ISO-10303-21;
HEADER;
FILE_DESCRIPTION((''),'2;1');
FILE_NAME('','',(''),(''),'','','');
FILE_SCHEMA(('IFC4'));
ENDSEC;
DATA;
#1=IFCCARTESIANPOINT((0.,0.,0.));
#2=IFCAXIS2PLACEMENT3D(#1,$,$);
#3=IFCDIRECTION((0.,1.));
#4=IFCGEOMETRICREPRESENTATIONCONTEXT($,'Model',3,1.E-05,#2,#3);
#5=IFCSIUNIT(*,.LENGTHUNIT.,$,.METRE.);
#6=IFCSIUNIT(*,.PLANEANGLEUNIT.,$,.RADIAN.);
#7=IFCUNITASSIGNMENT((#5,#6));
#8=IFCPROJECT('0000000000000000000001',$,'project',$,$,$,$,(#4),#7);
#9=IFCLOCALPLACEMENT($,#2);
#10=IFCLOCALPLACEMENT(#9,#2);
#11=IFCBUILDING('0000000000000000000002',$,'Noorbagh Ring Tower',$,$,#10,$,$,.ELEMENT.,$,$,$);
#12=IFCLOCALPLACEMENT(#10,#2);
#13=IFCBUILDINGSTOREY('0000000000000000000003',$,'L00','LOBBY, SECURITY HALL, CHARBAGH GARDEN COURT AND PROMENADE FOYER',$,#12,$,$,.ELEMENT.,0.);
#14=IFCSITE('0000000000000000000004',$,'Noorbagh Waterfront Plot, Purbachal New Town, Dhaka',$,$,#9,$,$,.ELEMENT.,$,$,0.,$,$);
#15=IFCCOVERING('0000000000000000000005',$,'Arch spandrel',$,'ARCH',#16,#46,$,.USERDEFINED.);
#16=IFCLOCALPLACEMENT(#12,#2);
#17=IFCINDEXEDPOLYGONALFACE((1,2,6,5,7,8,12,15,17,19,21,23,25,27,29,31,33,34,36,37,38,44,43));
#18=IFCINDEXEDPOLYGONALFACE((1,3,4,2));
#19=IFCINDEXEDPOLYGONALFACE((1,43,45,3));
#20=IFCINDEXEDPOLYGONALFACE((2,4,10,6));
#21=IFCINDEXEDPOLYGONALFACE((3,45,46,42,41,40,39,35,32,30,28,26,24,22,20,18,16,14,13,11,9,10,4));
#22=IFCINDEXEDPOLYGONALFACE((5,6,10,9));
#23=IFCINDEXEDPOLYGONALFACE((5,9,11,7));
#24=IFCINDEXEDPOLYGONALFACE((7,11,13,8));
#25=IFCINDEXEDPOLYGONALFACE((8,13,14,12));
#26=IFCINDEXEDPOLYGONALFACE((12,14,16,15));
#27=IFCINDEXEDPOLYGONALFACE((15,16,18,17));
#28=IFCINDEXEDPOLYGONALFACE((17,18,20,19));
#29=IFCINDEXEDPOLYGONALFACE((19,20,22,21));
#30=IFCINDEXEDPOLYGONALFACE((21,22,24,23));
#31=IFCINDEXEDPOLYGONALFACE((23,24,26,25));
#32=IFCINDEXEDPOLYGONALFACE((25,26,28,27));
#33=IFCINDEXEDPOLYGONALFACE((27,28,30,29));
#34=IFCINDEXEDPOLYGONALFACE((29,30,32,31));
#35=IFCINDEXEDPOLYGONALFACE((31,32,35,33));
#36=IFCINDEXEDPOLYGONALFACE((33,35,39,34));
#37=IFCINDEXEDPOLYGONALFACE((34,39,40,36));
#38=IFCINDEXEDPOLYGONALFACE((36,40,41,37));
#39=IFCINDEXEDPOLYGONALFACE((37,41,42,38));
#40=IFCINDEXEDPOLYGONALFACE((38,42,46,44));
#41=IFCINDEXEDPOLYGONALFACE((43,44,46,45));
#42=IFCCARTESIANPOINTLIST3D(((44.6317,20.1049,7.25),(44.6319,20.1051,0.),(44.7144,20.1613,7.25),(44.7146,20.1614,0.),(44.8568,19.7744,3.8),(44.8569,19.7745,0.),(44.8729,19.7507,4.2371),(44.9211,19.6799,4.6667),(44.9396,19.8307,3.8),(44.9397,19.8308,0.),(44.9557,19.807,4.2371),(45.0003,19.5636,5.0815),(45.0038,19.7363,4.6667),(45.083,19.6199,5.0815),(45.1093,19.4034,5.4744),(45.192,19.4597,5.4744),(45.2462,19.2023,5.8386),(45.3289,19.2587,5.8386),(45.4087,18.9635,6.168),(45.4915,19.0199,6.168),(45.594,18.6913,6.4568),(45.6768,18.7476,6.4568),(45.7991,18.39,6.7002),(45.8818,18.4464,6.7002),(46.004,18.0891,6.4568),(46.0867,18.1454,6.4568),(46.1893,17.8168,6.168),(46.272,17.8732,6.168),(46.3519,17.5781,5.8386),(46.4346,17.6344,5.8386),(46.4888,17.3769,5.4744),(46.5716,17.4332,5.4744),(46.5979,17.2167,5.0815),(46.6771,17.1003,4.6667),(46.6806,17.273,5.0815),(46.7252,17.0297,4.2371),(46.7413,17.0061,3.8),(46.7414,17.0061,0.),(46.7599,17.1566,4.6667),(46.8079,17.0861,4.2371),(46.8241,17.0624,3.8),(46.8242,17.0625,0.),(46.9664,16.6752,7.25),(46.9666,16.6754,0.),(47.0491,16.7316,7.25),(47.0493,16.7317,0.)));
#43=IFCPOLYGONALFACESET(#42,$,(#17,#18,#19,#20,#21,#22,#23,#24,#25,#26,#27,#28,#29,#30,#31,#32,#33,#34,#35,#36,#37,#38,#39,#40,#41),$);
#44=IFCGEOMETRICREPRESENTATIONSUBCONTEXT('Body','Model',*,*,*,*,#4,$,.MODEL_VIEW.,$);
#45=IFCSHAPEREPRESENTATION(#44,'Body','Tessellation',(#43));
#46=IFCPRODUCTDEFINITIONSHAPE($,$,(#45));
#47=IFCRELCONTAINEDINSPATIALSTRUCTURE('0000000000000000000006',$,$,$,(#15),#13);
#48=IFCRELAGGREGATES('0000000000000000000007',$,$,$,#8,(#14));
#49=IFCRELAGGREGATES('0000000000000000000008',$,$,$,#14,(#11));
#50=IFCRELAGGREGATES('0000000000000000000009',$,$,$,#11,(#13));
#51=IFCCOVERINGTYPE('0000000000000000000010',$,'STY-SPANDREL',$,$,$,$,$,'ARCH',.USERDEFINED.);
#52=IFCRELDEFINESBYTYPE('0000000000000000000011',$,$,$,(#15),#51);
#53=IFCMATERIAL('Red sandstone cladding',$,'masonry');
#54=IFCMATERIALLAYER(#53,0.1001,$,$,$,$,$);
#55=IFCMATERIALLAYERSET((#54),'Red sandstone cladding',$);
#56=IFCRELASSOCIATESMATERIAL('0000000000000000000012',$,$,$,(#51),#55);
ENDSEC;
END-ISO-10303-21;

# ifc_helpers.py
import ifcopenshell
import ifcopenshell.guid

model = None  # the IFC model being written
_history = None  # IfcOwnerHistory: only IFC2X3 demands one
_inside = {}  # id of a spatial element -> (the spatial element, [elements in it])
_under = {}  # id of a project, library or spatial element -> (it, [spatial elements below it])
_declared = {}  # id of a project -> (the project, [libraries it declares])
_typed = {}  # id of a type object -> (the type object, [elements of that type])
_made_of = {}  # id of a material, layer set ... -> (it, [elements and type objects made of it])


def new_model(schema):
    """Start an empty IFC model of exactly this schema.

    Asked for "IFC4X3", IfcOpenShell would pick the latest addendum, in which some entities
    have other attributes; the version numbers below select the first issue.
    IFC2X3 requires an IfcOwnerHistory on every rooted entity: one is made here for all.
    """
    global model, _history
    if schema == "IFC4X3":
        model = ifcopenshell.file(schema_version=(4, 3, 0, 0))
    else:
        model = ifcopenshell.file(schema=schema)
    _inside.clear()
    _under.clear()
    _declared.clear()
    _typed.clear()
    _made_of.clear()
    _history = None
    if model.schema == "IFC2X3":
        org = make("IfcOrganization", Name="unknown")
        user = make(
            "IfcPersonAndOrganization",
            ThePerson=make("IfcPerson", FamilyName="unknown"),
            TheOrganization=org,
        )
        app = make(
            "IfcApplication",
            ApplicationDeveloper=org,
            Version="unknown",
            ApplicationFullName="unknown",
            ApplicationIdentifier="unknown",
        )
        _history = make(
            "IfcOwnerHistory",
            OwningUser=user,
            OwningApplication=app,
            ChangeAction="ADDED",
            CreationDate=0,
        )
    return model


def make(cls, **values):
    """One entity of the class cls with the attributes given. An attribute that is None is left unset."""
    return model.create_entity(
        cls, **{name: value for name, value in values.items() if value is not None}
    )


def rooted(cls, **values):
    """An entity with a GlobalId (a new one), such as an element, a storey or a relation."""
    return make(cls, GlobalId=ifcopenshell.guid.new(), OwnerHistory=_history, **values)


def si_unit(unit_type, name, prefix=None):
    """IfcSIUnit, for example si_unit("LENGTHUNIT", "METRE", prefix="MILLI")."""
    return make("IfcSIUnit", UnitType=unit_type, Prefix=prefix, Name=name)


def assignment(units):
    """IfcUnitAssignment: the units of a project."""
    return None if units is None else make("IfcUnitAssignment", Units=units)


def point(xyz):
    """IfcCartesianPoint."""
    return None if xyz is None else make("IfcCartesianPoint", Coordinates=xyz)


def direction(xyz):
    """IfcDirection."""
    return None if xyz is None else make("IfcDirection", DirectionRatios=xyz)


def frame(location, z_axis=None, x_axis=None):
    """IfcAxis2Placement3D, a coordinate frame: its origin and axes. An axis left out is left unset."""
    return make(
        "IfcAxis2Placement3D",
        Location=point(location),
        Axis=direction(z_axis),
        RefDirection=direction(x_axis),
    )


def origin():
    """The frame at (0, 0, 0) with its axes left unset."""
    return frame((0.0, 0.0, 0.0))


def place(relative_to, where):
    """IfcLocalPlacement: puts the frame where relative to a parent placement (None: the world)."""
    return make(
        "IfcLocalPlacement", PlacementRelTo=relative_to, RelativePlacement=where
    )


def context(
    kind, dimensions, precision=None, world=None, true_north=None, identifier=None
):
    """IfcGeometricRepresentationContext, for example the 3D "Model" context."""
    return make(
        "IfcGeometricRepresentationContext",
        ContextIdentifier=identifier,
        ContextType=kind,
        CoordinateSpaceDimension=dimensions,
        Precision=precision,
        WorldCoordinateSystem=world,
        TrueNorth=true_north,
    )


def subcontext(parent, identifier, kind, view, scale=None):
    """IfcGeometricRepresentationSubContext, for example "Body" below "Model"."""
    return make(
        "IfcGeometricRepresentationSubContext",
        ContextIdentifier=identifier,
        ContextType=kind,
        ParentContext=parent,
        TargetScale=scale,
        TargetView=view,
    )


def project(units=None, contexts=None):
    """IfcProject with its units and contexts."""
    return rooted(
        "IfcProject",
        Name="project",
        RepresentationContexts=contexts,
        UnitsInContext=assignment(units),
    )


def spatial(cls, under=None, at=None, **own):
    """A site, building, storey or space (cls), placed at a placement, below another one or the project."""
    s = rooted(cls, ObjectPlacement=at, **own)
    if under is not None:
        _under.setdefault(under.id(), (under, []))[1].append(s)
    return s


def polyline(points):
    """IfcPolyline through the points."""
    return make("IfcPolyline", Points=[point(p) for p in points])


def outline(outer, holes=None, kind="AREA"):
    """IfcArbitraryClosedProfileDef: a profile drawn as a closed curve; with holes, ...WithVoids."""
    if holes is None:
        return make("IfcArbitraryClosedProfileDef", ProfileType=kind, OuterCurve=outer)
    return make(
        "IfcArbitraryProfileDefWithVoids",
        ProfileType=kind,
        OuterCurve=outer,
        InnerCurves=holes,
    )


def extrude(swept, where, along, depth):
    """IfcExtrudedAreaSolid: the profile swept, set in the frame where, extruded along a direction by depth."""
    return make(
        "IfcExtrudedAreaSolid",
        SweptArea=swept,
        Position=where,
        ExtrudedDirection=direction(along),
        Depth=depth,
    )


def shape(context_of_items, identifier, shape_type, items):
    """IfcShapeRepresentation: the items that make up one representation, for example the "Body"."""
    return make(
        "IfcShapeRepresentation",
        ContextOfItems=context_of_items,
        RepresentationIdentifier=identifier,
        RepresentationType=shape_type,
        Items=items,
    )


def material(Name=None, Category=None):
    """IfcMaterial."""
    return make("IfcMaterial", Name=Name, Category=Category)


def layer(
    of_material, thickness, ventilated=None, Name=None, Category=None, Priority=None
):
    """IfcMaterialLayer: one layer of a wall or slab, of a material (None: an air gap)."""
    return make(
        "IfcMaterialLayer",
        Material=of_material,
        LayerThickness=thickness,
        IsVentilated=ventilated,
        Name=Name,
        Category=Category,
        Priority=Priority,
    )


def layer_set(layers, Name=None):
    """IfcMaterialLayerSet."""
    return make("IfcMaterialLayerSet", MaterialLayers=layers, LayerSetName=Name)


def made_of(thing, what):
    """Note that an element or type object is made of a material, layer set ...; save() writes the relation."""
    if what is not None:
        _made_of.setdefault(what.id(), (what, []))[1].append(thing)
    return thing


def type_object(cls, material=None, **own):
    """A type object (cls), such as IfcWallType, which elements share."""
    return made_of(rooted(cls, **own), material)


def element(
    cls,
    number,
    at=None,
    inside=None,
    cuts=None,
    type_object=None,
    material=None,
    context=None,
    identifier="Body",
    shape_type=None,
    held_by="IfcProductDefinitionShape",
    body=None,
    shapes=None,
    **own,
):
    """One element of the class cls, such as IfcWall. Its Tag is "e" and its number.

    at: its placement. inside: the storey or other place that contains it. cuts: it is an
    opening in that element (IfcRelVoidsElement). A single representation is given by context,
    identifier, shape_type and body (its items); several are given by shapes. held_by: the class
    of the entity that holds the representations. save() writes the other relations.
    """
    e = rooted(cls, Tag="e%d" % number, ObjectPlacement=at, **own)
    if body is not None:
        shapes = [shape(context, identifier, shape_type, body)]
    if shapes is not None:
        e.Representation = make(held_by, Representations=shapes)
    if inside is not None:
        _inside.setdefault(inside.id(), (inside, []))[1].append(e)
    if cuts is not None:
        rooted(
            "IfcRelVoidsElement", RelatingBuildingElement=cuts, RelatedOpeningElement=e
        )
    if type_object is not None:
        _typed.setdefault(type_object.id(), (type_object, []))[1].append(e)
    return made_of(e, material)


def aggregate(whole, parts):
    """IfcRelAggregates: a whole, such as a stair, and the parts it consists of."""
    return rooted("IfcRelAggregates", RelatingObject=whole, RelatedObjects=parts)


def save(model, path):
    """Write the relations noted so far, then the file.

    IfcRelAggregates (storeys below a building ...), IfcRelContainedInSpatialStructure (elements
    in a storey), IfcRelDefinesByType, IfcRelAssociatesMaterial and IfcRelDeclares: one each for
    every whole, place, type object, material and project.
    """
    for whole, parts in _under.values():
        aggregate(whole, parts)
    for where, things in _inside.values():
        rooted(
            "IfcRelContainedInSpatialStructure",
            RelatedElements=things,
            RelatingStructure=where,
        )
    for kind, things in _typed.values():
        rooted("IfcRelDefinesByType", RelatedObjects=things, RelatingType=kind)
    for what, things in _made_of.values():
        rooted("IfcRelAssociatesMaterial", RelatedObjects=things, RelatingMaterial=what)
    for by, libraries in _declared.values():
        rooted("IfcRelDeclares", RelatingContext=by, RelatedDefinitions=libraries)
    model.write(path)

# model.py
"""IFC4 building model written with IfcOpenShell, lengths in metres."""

from ifc_helpers import new_model, si_unit, direction, frame, origin, place, context, subcontext, project, spatial, polyline, outline, extrude, material, layer, layer_set, type_object, element, save


model = new_model("IFC4")

# Units and contexts
model_context = context("Model", 3, precision=1e-05, world=origin(), true_north=direction((0.0, 1.0)))
body_context = subcontext(model_context, "Body", "Model", "MODEL_VIEW")
ifc_project = project(units=[si_unit("LENGTHUNIT", "METRE"), si_unit("PLANEANGLEUNIT", "RADIAN")], contexts=[model_context])

# Site, building, storey
site_placement = place(None, origin())
site = spatial("IfcSite", under=ifc_project, at=site_placement, Name="Noorbagh Waterfront Plot, Purbachal New Town, Dhaka", CompositionType="ELEMENT", RefElevation=0.0)
building_placement = place(site_placement, origin())
building = spatial("IfcBuilding", under=site, at=building_placement, Name="Noorbagh Ring Tower", CompositionType="ELEMENT")
storey_placement = place(building_placement, origin())
storey = spatial("IfcBuildingStorey", under=building, at=storey_placement, Name="L00", Description="LOBBY, SECURITY HALL, CHARBAGH GARDEN COURT AND PROMENADE FOYER", CompositionType="ELEMENT", Elevation=0.0)

# Covering
ifc_material_1 = material(Name="Red sandstone cladding", Category="masonry")
ifc_layer_1 = layer(ifc_material_1, 0.1001)
ifc_layer_set_1 = layer_set([ifc_layer_1], Name="Red sandstone cladding")
covering_type = type_object("IfcCoveringType", Name="STY-SPANDREL", ElementType="ARCH", PredefinedType="USERDEFINED", material=ifc_layer_set_1)
covering_1_placement = place(storey_placement, frame((47.0493, 16.7317, 0.0), z_axis=(0.826645, 0.562724, 0.000032), x_axis=(-0.562724, 0.826645, 0.0)))
element("IfcCovering", 1, at=covering_1_placement, inside=storey, type_object=covering_type, Name="Arch spandrel", ObjectType="ARCH", PredefinedType="USERDEFINED", context=body_context, shape_type="SweptSolid", body=[
    extrude(outline(polyline([(0.0, 0.0), (0.4001, 0.0), (0.4001, 3.8), (0.4288, 4.2371), (0.5142, 4.6667), (0.6549, 5.0815), (0.8487, 5.4744), (1.0921, 5.8386), (1.381, 6.168), (1.7103, 6.4568), (2.0744, 6.7002), (2.4388, 6.4568), (2.7681, 6.168), (3.057, 5.8386), (3.3003, 5.4744), (3.4941, 5.0815), (3.6348, 4.6667), (3.7204, 4.2371), (3.749, 3.8), (3.749, 0.0), (4.1489, 0.0), (4.1489, 7.25), (0.0, 7.25), (0.0, 0.0)])), origin(), (0.0, 0.0, -1.0), 0.1001),
])

save(model, "model.ifc")
